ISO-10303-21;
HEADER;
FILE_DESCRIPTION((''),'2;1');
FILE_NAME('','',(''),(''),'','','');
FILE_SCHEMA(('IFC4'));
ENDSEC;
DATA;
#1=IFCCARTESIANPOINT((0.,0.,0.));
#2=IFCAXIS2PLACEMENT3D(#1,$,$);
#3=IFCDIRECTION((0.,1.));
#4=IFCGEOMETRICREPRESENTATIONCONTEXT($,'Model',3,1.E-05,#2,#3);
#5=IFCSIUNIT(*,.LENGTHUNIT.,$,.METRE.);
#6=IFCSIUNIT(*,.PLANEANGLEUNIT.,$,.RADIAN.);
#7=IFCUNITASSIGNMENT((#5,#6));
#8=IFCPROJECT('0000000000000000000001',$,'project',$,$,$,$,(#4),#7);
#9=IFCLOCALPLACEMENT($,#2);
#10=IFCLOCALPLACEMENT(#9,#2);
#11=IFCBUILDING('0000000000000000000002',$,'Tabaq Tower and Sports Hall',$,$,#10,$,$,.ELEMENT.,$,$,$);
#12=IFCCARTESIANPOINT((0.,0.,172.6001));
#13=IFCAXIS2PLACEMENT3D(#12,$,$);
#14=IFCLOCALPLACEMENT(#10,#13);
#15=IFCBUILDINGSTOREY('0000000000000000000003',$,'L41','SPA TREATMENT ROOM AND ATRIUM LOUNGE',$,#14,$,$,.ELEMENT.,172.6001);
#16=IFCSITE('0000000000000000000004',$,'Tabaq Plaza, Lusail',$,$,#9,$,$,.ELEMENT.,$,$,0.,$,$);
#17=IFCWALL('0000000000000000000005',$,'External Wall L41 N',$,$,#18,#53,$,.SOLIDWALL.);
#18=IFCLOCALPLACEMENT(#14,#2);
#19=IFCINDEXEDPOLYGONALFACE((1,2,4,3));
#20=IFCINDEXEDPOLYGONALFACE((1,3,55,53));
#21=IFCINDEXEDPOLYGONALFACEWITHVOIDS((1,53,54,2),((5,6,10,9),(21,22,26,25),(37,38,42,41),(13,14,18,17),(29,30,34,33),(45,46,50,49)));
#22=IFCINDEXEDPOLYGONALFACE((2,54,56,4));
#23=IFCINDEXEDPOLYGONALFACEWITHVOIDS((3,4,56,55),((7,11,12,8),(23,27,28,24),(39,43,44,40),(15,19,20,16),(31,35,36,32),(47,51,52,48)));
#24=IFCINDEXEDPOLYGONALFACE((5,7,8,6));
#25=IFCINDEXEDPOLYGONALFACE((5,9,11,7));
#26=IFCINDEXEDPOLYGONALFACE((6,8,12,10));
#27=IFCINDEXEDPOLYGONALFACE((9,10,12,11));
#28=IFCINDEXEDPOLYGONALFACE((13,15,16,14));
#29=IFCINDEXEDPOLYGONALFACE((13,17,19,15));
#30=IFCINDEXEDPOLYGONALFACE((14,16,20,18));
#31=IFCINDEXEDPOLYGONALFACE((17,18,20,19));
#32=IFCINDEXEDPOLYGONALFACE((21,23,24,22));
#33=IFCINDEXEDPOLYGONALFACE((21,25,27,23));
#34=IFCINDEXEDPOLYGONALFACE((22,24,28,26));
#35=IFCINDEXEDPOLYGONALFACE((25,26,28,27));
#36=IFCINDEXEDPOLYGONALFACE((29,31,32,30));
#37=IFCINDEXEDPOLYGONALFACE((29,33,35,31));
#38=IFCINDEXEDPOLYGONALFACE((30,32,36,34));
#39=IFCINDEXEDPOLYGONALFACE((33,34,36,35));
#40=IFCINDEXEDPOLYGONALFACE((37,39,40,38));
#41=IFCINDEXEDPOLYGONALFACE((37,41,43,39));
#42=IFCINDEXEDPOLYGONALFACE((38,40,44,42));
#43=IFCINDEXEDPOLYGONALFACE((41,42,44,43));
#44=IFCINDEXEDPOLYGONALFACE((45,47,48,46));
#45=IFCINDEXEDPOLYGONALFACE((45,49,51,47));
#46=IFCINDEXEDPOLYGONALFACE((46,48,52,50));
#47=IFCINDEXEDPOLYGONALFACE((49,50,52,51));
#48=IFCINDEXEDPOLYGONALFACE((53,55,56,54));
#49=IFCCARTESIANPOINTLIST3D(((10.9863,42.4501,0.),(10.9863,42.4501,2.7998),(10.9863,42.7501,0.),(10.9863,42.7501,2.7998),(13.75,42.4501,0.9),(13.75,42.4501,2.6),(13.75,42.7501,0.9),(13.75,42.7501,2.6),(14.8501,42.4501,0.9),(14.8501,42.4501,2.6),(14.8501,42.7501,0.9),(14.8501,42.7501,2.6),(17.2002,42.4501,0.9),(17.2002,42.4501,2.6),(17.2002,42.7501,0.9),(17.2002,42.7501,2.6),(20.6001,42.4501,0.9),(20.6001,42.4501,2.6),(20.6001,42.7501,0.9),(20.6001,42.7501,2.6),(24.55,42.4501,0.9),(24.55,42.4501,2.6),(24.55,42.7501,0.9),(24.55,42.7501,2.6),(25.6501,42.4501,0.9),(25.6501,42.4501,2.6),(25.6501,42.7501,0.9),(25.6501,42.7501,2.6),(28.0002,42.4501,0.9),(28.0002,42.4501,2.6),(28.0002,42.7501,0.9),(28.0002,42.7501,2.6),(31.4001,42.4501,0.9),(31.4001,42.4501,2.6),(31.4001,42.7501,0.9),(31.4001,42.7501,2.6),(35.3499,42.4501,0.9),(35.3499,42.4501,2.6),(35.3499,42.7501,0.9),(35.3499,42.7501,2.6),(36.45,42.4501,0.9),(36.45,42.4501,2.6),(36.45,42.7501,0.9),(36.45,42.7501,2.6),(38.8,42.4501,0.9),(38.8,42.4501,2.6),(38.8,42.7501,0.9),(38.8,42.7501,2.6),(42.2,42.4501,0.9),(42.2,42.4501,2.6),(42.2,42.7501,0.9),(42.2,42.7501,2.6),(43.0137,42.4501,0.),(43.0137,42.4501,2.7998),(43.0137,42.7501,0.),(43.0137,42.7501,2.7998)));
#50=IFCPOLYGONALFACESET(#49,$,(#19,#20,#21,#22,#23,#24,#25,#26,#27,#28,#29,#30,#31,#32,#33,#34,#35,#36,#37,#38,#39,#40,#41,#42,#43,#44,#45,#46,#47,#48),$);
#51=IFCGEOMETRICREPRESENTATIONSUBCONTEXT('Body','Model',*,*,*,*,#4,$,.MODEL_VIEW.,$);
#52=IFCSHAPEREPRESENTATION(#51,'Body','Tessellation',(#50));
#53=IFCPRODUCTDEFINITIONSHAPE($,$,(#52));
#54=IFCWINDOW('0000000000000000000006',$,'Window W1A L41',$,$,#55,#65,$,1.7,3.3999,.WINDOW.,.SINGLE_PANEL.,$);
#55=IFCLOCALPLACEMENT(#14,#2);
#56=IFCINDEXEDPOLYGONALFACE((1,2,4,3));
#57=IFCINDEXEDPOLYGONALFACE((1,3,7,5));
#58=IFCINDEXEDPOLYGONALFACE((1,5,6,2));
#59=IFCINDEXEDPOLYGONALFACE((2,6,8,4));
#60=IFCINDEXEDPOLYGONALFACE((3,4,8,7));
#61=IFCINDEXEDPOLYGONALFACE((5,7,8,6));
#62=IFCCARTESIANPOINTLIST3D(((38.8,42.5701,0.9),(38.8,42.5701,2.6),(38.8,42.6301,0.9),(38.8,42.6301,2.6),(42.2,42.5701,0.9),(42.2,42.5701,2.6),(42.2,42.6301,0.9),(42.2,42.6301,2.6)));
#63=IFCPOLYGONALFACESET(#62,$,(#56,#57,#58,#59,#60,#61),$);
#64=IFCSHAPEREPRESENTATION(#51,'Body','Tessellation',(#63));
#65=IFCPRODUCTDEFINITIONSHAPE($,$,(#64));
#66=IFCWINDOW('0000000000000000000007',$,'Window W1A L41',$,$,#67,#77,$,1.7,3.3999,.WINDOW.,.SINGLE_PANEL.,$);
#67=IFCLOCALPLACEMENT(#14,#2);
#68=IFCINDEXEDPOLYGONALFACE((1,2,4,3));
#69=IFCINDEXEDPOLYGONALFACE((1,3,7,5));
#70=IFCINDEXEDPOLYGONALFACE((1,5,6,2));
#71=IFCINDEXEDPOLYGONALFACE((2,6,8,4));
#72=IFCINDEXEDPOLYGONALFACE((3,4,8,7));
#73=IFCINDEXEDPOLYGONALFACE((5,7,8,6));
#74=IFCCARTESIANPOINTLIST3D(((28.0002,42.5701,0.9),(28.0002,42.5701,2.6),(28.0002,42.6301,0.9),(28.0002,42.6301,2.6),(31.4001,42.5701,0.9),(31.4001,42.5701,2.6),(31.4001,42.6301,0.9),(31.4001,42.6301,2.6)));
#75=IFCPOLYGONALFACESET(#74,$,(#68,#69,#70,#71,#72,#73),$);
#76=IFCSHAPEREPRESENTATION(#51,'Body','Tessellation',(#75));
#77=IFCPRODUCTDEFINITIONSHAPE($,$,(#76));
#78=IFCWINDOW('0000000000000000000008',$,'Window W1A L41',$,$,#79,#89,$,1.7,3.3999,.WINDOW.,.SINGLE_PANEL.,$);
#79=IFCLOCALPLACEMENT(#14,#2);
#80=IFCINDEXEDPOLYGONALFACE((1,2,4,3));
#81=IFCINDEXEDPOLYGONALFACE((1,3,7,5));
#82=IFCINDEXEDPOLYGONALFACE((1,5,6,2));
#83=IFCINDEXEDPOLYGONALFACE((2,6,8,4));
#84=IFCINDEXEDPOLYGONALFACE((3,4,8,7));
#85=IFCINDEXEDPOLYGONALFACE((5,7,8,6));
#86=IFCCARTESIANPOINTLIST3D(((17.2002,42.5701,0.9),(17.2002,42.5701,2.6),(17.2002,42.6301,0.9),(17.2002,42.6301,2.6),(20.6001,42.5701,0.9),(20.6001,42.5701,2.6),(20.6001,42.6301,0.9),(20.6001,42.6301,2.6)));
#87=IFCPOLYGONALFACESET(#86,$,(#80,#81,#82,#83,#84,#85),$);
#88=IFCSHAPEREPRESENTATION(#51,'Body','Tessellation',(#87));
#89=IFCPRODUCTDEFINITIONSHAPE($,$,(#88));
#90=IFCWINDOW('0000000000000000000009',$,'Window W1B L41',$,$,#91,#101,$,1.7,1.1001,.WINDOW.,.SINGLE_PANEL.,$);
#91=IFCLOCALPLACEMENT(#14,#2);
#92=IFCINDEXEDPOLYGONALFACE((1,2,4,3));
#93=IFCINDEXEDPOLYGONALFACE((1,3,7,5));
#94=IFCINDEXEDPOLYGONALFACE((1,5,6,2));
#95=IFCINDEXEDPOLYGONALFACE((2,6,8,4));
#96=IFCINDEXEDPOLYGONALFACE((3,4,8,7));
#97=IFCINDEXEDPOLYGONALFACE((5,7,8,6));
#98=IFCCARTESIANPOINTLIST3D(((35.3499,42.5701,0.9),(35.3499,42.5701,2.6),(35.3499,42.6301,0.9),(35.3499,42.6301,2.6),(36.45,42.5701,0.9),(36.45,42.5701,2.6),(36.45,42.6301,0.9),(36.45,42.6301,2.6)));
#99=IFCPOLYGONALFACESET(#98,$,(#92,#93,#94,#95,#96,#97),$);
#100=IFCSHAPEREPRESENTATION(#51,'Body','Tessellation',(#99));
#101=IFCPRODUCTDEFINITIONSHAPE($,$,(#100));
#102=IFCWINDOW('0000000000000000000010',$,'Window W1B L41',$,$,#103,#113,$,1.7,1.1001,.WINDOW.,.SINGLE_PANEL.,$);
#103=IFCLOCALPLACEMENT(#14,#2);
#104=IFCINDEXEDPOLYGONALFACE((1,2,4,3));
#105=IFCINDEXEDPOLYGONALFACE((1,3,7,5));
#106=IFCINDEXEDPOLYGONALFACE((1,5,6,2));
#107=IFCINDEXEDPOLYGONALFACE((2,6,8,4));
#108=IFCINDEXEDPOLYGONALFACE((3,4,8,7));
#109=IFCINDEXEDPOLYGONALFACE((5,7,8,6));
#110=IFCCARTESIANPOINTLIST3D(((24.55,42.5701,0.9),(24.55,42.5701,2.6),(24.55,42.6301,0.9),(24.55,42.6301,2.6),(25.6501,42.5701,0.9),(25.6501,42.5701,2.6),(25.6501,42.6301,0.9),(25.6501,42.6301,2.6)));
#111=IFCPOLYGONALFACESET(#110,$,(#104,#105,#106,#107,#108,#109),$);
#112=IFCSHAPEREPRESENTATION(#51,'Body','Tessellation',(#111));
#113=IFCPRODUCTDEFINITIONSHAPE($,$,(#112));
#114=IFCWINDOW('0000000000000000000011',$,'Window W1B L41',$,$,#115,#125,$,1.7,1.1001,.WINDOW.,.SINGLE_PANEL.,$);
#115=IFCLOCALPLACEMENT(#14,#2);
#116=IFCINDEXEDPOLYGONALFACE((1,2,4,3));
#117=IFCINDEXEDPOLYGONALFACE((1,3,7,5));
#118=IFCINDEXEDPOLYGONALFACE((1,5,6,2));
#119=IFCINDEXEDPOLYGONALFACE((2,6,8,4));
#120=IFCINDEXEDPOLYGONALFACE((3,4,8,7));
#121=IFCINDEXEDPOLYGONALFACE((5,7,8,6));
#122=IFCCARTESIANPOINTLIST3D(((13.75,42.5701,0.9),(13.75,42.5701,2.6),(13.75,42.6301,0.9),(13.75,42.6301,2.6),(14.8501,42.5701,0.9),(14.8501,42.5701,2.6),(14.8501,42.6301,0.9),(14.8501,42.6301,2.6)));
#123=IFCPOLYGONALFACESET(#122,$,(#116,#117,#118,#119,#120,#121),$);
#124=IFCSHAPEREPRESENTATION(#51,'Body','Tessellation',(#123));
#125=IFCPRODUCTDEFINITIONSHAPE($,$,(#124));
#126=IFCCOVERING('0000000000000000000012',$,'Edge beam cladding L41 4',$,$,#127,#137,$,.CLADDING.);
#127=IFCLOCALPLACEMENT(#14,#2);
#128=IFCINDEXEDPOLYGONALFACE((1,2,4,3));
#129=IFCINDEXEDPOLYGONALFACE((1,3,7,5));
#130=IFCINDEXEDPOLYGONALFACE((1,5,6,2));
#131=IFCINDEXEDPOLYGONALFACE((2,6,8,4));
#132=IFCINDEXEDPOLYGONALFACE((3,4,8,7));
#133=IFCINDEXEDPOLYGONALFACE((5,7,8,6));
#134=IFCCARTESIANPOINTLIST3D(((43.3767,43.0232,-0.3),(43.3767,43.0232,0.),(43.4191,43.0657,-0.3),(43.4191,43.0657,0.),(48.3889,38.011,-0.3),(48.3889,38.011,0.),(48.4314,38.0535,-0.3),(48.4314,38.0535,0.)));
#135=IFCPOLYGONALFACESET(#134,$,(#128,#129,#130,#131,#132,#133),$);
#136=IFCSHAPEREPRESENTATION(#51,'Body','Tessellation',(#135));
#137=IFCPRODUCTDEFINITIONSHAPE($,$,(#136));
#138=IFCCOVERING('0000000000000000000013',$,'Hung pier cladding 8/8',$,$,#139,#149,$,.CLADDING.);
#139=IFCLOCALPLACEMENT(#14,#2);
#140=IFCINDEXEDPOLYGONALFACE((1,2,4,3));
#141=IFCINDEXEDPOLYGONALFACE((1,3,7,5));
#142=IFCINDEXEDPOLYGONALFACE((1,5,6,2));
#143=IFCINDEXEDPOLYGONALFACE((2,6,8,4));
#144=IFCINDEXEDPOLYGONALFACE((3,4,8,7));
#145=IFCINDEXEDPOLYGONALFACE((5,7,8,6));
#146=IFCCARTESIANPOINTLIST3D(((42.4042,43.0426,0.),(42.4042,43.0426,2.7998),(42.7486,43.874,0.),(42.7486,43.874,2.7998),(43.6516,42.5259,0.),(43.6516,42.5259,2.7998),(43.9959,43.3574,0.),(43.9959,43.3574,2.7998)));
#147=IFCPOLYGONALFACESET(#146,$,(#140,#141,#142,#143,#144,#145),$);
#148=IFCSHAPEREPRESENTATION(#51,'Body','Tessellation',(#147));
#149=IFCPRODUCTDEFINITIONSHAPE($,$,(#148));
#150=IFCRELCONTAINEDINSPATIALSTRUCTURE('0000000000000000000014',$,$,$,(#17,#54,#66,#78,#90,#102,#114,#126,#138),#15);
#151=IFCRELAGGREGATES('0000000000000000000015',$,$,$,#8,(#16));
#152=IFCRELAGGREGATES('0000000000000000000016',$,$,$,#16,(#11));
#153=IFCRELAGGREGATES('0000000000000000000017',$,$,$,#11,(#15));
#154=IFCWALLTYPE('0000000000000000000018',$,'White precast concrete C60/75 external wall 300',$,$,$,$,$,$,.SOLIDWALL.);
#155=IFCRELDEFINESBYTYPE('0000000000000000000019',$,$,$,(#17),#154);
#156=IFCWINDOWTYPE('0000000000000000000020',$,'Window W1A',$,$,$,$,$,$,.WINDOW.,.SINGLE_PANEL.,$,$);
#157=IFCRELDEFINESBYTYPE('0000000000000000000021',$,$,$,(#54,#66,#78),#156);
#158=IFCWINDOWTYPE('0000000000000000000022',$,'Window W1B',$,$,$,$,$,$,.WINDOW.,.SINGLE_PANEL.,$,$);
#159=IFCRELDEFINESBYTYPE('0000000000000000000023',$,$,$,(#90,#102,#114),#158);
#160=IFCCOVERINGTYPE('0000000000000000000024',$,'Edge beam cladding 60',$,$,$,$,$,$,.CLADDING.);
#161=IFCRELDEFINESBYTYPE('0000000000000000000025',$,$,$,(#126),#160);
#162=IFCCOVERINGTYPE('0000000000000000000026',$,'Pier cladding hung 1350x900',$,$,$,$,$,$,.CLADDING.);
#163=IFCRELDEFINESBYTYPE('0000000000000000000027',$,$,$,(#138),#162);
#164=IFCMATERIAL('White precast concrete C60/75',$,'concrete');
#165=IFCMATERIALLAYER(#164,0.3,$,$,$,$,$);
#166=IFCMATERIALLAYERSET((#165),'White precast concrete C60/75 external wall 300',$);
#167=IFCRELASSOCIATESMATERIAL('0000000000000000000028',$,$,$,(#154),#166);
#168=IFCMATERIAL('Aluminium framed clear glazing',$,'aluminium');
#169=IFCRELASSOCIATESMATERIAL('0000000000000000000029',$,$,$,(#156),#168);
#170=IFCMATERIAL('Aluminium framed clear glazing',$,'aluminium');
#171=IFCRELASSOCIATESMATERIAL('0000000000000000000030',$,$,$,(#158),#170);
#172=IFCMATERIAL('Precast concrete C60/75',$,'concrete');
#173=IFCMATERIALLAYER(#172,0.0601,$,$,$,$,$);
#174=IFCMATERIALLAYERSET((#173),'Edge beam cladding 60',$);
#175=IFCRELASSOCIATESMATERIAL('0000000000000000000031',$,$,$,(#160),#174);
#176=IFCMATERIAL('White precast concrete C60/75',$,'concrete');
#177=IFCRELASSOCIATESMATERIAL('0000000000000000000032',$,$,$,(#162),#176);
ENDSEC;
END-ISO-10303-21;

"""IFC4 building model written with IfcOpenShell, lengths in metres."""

from ifc_helpers import new_model, si_unit, direction, frame, frame_2d, origin, place, context, subcontext, project, spatial, rectangle, extrude, material, layer, layer_set, type_object, element, fill, save


model = new_model("IFC4")

# Units and contexts
model_context = context("Model", 3, precision=1e-05, world=origin(), true_north=direction((0.0, 1.0)))
body_context = subcontext(model_context, "Body", "Model", "MODEL_VIEW")
ifc_project = project(units=[si_unit("LENGTHUNIT", "METRE"), si_unit("PLANEANGLEUNIT", "RADIAN")], contexts=[model_context])

# Site, building, storey
site_placement = place(None, origin())
site = spatial("IfcSite", under=ifc_project, at=site_placement, Name="Tabaq Plaza, Lusail", CompositionType="ELEMENT", RefElevation=0.0)
building_placement = place(site_placement, origin())
building = spatial("IfcBuilding", under=site, at=building_placement, Name="Tabaq Tower and Sports Hall", CompositionType="ELEMENT")
storey_placement = place(building_placement, frame((0.0, 0.0, 172.6001)))
storey = spatial("IfcBuildingStorey", under=building, at=storey_placement, Name="L41", Description="SPA TREATMENT ROOM AND ATRIUM LOUNGE", CompositionType="ELEMENT", Elevation=172.6001)

# Wall, openings, windows
ifc_material_1 = material(Name="White precast concrete C60/75", Category="concrete")
ifc_layer_1 = layer(ifc_material_1, 0.3)
ifc_layer_set_1 = layer_set([ifc_layer_1], Name="White precast concrete C60/75 external wall 300")
wall_type_1 = type_object("IfcWallType", Name="White precast concrete C60/75 external wall 300", PredefinedType="SOLIDWALL", material=ifc_layer_set_1)
wall_1_placement = place(storey_placement, frame((43.0137, 42.6001, 0.0), z_axis=(0.0, 0.0, 1.0), x_axis=(-1.0, 0.0, 0.0)))
wall_1 = element("IfcWall", 1, at=wall_1_placement, inside=storey, type_object=wall_type_1, Name="External Wall L41 N", PredefinedType="SOLIDWALL", context=body_context, shape_type="SweptSolid", body=[
    extrude(rectangle(XDim=32.0273, YDim=0.3, at=frame_2d((16.0137, 0.0))), origin(), (0.0, 0.0, 1.0), 2.7998),
])
opening_1_placement = place(wall_1_placement, frame((0.8137, 0.0, 0.8999)))
opening_1 = element("IfcOpeningElement", 2, at=opening_1_placement, cuts=wall_1, PredefinedType="OPENING", context=body_context, shape_type="SweptSolid", body=[
    extrude(rectangle(XDim=3.3999, YDim=1.7, at=frame_2d((1.7, 0.8501))), frame((0.0, 0.1602, 0.0), z_axis=(0.0, -1.0, 0.0), x_axis=(1.0, 0.0, 0.0)), (0.0, 0.0, 1.0), 0.3201),
])
opening_2_placement = place(wall_1_placement, frame((6.5637, 0.0, 0.8999)))
opening_2 = element("IfcOpeningElement", 3, at=opening_2_placement, cuts=wall_1, PredefinedType="OPENING", context=body_context, shape_type="SweptSolid", body=[
    extrude(rectangle(XDim=1.1001, YDim=1.7, at=frame_2d((0.55, 0.8501))), frame((0.0, 0.1602, 0.0), z_axis=(0.0, -1.0, 0.0), x_axis=(1.0, 0.0, 0.0)), (0.0, 0.0, 1.0), 0.3201),
])
opening_3_placement = place(wall_1_placement, frame((11.6135, 0.0, 0.8999)))
opening_3 = element("IfcOpeningElement", 4, at=opening_3_placement, cuts=wall_1, PredefinedType="OPENING", context=body_context, shape_type="SweptSolid", body=[
    extrude(rectangle(XDim=3.3999, YDim=1.7, at=frame_2d((1.7, 0.8501))), frame((0.0, 0.1602, 0.0), z_axis=(0.0, -1.0, 0.0), x_axis=(1.0, 0.0, 0.0)), (0.0, 0.0, 1.0), 0.3201),
])
opening_4_placement = place(wall_1_placement, frame((17.3635, 0.0, 0.8999)))
opening_4 = element("IfcOpeningElement", 5, at=opening_4_placement, cuts=wall_1, PredefinedType="OPENING", context=body_context, shape_type="SweptSolid", body=[
    extrude(rectangle(XDim=1.1001, YDim=1.7, at=frame_2d((0.55, 0.8501))), frame((0.0, 0.1602, 0.0), z_axis=(0.0, -1.0, 0.0), x_axis=(1.0, 0.0, 0.0)), (0.0, 0.0, 1.0), 0.3201),
])
opening_5_placement = place(wall_1_placement, frame((22.4136, 0.0, 0.8999)))
opening_5 = element("IfcOpeningElement", 6, at=opening_5_placement, cuts=wall_1, PredefinedType="OPENING", context=body_context, shape_type="SweptSolid", body=[
    extrude(rectangle(XDim=3.3999, YDim=1.7, at=frame_2d((1.7, 0.8501))), frame((0.0, 0.1602, 0.0), z_axis=(0.0, -1.0, 0.0), x_axis=(1.0, 0.0, 0.0)), (0.0, 0.0, 1.0), 0.3201),
])
opening_6_placement = place(wall_1_placement, frame((28.1636, 0.0, 0.8999)))
opening_6 = element("IfcOpeningElement", 7, at=opening_6_placement, cuts=wall_1, PredefinedType="OPENING", context=body_context, shape_type="SweptSolid", body=[
    extrude(rectangle(XDim=1.1001, YDim=1.7, at=frame_2d((0.55, 0.8501))), frame((0.0, 0.1602, 0.0), z_axis=(0.0, -1.0, 0.0), x_axis=(1.0, 0.0, 0.0)), (0.0, 0.0, 1.0), 0.3201),
])
ifc_material_2 = material(Name="Aluminium framed clear glazing", Category="aluminium")
window_type_1 = type_object("IfcWindowType", Name="Window W1A", PartitioningType="SINGLE_PANEL", PredefinedType="WINDOW", material=ifc_material_2)
window_1_placement = place(opening_1_placement, origin())
window_1 = element("IfcWindow", 8, at=window_1_placement, inside=storey, type_object=window_type_1, Name="Window W1A L41", OverallHeight=1.7, OverallWidth=3.3999, PartitioningType="SINGLE_PANEL", PredefinedType="WINDOW", context=body_context, shape_type="SweptSolid", body=[
    extrude(rectangle(XDim=3.3999, YDim=1.7, at=frame_2d((1.7, 0.8501))), frame((0.0, 0.03, 0.0), z_axis=(0.0, -1.0, 0.0), x_axis=(1.0, 0.0, 0.0)), (0.0, 0.0, 1.0), 0.0601),
])
fill(opening_1, window_1)
window_2_placement = place(opening_3_placement, origin())
window_2 = element("IfcWindow", 9, at=window_2_placement, inside=storey, type_object=window_type_1, Name="Window W1A L41", OverallHeight=1.7, OverallWidth=3.3999, PartitioningType="SINGLE_PANEL", PredefinedType="WINDOW", context=body_context, shape_type="SweptSolid", body=[
    extrude(rectangle(XDim=3.3999, YDim=1.7, at=frame_2d((1.7, 0.8501))), frame((0.0, 0.03, 0.0), z_axis=(0.0, -1.0, 0.0), x_axis=(1.0, 0.0, 0.0)), (0.0, 0.0, 1.0), 0.0601),
])
fill(opening_3, window_2)
window_3_placement = place(opening_5_placement, origin())
window_3 = element("IfcWindow", 10, at=window_3_placement, inside=storey, type_object=window_type_1, Name="Window W1A L41", OverallHeight=1.7, OverallWidth=3.3999, PartitioningType="SINGLE_PANEL", PredefinedType="WINDOW", context=body_context, shape_type="SweptSolid", body=[
    extrude(rectangle(XDim=3.3999, YDim=1.7, at=frame_2d((1.7, 0.8501))), frame((0.0, 0.03, 0.0), z_axis=(0.0, -1.0, 0.0), x_axis=(1.0, 0.0, 0.0)), (0.0, 0.0, 1.0), 0.0601),
])
fill(opening_5, window_3)
ifc_material_3 = material(Name="Aluminium framed clear glazing", Category="aluminium")
window_type_2 = type_object("IfcWindowType", Name="Window W1B", PartitioningType="SINGLE_PANEL", PredefinedType="WINDOW", material=ifc_material_3)
window_4_placement = place(opening_2_placement, origin())
window_4 = element("IfcWindow", 11, at=window_4_placement, inside=storey, type_object=window_type_2, Name="Window W1B L41", OverallHeight=1.7, OverallWidth=1.1001, PartitioningType="SINGLE_PANEL", PredefinedType="WINDOW", context=body_context, shape_type="SweptSolid", body=[
    extrude(rectangle(XDim=1.1001, YDim=1.7, at=frame_2d((0.55, 0.8501))), frame((0.0, 0.03, 0.0), z_axis=(0.0, -1.0, 0.0), x_axis=(1.0, 0.0, 0.0)), (0.0, 0.0, 1.0), 0.0601),
])
fill(opening_2, window_4)
window_5_placement = place(opening_4_placement, origin())
window_5 = element("IfcWindow", 12, at=window_5_placement, inside=storey, type_object=window_type_2, Name="Window W1B L41", OverallHeight=1.7, OverallWidth=1.1001, PartitioningType="SINGLE_PANEL", PredefinedType="WINDOW", context=body_context, shape_type="SweptSolid", body=[
    extrude(rectangle(XDim=1.1001, YDim=1.7, at=frame_2d((0.55, 0.8501))), frame((0.0, 0.03, 0.0), z_axis=(0.0, -1.0, 0.0), x_axis=(1.0, 0.0, 0.0)), (0.0, 0.0, 1.0), 0.0601),
])
fill(opening_4, window_5)
window_6_placement = place(opening_6_placement, origin())
window_6 = element("IfcWindow", 13, at=window_6_placement, inside=storey, type_object=window_type_2, Name="Window W1B L41", OverallHeight=1.7, OverallWidth=1.1001, PartitioningType="SINGLE_PANEL", PredefinedType="WINDOW", context=body_context, shape_type="SweptSolid", body=[
    extrude(rectangle(XDim=1.1001, YDim=1.7, at=frame_2d((0.55, 0.8501))), frame((0.0, 0.03, 0.0), z_axis=(0.0, -1.0, 0.0), x_axis=(1.0, 0.0, 0.0)), (0.0, 0.0, 1.0), 0.0601),
])
fill(opening_6, window_6)

# Coverings
ifc_material_4 = material(Name="Precast concrete C60/75", Category="concrete")
ifc_layer_2 = layer(ifc_material_4, 0.0601)
ifc_layer_set_2 = layer_set([ifc_layer_2], Name="Edge beam cladding 60")
covering_type_1 = type_object("IfcCoveringType", Name="Edge beam cladding 60", PredefinedType="CLADDING", material=ifc_layer_set_2)
covering_1_placement = place(storey_placement, frame((48.4102, 38.0322, -0.3), z_axis=(0.0, 0.0, 1.0), x_axis=(-0.707107, 0.707107, 0.0)))
element("IfcCovering", 14, at=covering_1_placement, inside=storey, type_object=covering_type_1, Name="Edge beam cladding L41 4", PredefinedType="CLADDING", context=body_context, shape_type="SweptSolid", body=[
    extrude(rectangle(XDim=7.0884, YDim=0.0601, at=frame_2d((3.5442, 0.0))), origin(), (0.0, 0.0, 1.0), 0.3),
])
ifc_material_5 = material(Name="White precast concrete C60/75", Category="concrete")
covering_type_2 = type_object("IfcCoveringType", Name="Pier cladding hung 1350x900", PredefinedType="CLADDING", material=ifc_material_5)
covering_2_placement = place(storey_placement, frame((43.8237, 42.9417, 0.0), z_axis=(0.0, 0.0, 1.0), x_axis=(-0.923893, 0.38265, 0.0)))
element("IfcCovering", 15, at=covering_2_placement, inside=storey, type_object=covering_type_2, Name="Hung pier cladding 8/8", PredefinedType="CLADDING", context=body_context, shape_type="SweptSolid", body=[
    extrude(rectangle(XDim=1.3501, YDim=0.8999, at=frame_2d((0.675, 0.0))), origin(), (0.0, 0.0, 1.0), 2.7998),
])

save(model, "model.ifc")
